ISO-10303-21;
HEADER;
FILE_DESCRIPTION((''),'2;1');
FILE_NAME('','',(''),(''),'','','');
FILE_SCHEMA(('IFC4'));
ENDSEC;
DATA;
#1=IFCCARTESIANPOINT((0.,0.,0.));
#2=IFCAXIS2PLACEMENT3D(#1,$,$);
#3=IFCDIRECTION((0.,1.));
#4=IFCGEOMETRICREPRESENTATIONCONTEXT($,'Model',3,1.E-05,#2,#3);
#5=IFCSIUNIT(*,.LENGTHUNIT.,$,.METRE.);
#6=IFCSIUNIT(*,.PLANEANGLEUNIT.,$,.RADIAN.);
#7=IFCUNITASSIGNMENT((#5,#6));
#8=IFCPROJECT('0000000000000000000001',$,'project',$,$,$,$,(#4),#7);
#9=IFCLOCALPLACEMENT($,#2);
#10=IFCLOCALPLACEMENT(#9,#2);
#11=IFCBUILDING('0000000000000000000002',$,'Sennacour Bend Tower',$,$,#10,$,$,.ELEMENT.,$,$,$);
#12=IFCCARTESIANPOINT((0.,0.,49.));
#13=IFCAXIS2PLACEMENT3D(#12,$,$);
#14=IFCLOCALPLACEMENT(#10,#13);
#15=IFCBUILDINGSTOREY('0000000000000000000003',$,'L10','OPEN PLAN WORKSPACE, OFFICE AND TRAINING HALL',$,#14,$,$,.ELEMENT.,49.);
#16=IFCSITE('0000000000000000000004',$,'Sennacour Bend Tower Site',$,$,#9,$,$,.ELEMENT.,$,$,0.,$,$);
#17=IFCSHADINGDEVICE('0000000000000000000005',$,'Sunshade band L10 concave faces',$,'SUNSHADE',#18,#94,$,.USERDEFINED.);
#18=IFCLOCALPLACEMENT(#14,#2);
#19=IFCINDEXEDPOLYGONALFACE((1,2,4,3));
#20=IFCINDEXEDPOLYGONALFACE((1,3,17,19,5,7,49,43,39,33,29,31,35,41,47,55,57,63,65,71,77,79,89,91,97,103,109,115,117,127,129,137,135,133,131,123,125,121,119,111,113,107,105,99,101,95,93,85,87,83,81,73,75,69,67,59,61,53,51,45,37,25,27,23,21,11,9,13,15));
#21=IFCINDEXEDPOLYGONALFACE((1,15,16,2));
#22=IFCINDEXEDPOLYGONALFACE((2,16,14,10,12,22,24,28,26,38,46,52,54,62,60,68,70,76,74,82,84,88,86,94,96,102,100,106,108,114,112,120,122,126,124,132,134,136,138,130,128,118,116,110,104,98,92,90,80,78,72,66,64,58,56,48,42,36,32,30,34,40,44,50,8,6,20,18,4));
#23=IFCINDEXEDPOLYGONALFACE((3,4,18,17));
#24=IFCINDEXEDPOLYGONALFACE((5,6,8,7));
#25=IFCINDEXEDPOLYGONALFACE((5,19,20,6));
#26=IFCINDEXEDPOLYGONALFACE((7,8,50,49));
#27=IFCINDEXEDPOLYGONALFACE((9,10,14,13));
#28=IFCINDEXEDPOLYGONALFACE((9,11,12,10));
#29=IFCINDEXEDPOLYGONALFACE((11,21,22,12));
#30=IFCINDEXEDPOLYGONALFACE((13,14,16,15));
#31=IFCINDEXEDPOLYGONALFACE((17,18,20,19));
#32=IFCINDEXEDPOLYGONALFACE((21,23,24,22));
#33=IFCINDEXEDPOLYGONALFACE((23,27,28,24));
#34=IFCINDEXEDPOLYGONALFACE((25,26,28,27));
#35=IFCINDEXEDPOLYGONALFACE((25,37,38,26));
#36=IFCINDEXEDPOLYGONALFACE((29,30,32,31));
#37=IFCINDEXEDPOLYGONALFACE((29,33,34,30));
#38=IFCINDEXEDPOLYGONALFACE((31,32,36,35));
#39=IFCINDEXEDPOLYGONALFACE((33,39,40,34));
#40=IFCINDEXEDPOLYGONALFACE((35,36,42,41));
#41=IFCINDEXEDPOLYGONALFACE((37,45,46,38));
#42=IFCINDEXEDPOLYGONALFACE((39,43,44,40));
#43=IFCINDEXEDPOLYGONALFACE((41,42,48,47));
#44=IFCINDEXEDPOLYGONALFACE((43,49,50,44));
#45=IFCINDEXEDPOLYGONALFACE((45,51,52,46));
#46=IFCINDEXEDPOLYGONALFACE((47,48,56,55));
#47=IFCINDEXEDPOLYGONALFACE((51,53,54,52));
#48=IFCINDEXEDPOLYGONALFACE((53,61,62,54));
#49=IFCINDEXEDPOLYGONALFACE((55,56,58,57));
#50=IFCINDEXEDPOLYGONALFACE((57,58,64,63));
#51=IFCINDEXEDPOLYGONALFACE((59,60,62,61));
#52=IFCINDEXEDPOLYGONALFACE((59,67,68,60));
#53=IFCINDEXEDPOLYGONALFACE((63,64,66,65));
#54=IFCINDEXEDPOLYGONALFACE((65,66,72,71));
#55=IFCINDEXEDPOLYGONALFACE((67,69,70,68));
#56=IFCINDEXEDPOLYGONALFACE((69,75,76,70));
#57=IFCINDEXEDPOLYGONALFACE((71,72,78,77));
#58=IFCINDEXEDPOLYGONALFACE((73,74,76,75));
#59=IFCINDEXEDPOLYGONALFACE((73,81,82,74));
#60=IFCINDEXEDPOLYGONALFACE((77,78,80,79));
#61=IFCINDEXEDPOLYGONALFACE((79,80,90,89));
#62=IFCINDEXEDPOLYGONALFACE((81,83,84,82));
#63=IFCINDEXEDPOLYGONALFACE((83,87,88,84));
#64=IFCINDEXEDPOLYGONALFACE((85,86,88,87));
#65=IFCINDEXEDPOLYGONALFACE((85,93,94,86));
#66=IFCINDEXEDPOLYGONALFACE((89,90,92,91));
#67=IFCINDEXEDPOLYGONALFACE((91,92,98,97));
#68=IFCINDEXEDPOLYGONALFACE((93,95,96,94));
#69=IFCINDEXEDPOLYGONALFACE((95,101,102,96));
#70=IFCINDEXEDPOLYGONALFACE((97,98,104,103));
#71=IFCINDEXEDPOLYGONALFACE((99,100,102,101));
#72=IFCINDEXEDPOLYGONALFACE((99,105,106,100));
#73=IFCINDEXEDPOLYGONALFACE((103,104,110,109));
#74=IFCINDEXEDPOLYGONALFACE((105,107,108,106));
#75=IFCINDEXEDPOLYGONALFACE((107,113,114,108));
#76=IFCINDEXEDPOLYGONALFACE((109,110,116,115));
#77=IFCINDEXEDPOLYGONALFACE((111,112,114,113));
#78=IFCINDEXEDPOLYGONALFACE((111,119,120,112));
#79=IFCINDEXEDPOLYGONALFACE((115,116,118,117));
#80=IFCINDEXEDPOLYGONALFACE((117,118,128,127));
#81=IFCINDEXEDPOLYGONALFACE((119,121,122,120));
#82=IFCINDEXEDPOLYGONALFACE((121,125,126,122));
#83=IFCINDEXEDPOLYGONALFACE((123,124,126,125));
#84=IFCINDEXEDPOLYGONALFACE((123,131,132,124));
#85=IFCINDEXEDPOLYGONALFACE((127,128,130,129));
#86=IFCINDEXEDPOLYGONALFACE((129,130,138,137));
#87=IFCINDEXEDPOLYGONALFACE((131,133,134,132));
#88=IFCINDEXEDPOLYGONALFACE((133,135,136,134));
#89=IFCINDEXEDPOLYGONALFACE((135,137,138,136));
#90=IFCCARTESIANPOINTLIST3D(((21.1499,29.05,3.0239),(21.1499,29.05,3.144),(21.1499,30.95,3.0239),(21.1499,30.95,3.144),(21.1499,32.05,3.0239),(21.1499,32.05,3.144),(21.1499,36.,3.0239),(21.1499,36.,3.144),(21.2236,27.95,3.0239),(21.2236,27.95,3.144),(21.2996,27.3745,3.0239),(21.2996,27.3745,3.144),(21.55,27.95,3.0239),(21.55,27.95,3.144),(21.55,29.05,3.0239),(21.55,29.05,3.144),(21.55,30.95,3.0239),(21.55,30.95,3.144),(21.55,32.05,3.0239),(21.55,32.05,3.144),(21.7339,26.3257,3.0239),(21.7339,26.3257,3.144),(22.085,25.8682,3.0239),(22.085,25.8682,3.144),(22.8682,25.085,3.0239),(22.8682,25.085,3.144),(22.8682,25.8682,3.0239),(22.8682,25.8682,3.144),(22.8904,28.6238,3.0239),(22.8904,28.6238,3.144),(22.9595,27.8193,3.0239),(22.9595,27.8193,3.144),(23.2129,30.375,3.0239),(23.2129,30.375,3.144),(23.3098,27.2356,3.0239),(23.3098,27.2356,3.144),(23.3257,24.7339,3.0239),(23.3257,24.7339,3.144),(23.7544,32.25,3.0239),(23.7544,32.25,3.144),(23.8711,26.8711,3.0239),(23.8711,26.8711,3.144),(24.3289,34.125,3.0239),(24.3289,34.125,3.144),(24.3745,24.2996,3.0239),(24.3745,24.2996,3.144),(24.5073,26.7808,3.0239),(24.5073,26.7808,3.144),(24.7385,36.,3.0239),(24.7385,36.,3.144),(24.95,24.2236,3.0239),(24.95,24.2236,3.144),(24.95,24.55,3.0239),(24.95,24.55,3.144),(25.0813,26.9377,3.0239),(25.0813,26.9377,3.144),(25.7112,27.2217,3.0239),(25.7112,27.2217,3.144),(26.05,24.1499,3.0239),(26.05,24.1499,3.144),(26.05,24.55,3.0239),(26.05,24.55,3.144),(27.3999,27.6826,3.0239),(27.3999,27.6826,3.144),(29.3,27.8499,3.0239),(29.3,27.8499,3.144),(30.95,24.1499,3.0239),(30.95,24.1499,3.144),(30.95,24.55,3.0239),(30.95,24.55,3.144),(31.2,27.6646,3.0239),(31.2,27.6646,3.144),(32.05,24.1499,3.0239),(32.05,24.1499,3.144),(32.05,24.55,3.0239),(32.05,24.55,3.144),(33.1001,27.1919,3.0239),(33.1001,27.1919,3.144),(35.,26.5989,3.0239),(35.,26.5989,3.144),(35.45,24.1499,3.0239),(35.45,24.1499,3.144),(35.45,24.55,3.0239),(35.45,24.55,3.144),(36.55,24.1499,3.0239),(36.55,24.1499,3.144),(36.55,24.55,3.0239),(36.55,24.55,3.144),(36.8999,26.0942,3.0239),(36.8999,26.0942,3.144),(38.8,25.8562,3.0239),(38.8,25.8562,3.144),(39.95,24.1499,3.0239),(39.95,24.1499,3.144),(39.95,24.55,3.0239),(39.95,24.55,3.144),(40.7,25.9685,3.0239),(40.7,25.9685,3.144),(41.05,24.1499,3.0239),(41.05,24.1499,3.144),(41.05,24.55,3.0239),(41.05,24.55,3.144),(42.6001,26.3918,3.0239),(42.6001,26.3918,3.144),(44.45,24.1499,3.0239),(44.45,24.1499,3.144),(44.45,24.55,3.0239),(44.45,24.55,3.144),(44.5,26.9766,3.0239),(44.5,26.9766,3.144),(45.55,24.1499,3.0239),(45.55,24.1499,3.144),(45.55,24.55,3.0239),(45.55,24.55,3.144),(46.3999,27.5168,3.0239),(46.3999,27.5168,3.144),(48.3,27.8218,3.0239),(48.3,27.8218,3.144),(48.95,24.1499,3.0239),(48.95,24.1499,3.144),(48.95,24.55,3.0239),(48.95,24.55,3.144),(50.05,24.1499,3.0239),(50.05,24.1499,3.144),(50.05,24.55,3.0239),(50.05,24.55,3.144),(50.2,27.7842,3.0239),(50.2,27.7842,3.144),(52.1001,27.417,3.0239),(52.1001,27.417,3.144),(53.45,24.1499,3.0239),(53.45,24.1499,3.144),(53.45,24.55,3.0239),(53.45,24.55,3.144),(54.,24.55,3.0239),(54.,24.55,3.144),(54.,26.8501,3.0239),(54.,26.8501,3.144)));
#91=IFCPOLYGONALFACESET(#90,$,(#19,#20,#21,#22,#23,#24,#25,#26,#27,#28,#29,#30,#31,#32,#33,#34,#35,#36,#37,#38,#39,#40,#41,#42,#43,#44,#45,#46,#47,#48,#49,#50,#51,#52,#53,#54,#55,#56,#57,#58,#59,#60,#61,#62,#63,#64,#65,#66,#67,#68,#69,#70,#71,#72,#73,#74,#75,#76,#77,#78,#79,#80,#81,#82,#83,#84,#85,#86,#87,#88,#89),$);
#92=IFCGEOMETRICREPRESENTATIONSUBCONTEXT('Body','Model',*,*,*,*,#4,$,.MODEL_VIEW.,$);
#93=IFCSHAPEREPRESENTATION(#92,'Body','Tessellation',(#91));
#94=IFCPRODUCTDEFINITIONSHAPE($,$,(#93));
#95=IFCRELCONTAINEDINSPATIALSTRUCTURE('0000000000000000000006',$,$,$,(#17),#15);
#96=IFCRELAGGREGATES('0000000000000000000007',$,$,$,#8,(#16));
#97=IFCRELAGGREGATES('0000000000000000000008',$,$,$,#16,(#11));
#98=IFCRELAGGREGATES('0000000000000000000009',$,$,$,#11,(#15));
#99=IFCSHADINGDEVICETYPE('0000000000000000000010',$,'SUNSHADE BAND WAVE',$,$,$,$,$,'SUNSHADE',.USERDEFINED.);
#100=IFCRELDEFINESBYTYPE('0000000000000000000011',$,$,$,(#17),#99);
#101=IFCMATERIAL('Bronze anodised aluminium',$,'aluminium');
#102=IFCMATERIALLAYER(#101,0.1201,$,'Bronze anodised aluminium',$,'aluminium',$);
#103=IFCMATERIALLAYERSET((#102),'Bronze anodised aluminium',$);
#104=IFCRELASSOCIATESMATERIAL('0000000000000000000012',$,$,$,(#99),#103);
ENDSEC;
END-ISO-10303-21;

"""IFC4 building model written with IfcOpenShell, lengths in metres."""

from ifc_helpers import new_model, si_unit, direction, frame, origin, place, context, subcontext, project, spatial, polyline, outline, extrude, material, layer, layer_set, type_object, element, save


model = new_model("IFC4")

# Units and contexts
model_context = context("Model", 3, precision=1e-05, world=origin(), true_north=direction((0.0, 1.0)))
body_context = subcontext(model_context, "Body", "Model", "MODEL_VIEW")
ifc_project = project(units=[si_unit("LENGTHUNIT", "METRE"), si_unit("PLANEANGLEUNIT", "RADIAN")], contexts=[model_context])

# Site, building, storey
site_placement = place(None, origin())
site = spatial("IfcSite", under=ifc_project, at=site_placement, Name="Sennacour Bend Tower Site", CompositionType="ELEMENT", RefElevation=0.0)
building_placement = place(site_placement, origin())
building = spatial("IfcBuilding", under=site, at=building_placement, Name="Sennacour Bend Tower", CompositionType="ELEMENT")
storey_placement = place(building_placement, frame((0.0, 0.0, 49.0)))
storey = spatial("IfcBuildingStorey", under=building, at=storey_placement, Name="L10", Description="OPEN PLAN WORKSPACE, OFFICE AND TRAINING HALL", CompositionType="ELEMENT", Elevation=49.0)

# Shading device
ifc_material_1 = material(Name="Bronze anodised aluminium", Category="aluminium")
ifc_layer_1 = layer(ifc_material_1, 0.1201, Name="Bronze anodised aluminium", Category="aluminium")
ifc_layer_set_1 = layer_set([ifc_layer_1], Name="Bronze anodised aluminium")
shading_device_type_1 = type_object("IfcShadingDeviceType", Name="SUNSHADE BAND WAVE", ElementType="SUNSHADE", PredefinedType="USERDEFINED", material=ifc_layer_set_1)
shading_device_1_placement = place(storey_placement, frame((0.0, 0.0, 3.0239)))
element("IfcShadingDevice", 1, at=shading_device_1_placement, inside=storey, type_object=shading_device_type_1, Name="Sunshade band L10 concave faces", ObjectType="SUNSHADE", PredefinedType="USERDEFINED", context=body_context, shape_type="SweptSolid", body=[
    extrude(outline(polyline([(53.45, 24.1499), (50.05, 24.1499), (50.05, 24.55), (48.95, 24.55), (48.95, 24.1499), (45.55, 24.1499), (45.55, 24.55), (44.45, 24.55), (44.45, 24.1499), (41.05, 24.1499), (41.05, 24.55), (39.95, 24.55), (39.95, 24.1499), (36.55, 24.1499), (36.55, 24.55), (35.45, 24.55), (35.45, 24.1499), (32.05, 24.1499), (32.05, 24.55), (30.95, 24.55), (30.95, 24.1499), (26.05, 24.1499), (26.05, 24.55), (24.95, 24.55), (24.95, 24.2236), (24.3745, 24.2996), (23.3257, 24.7339), (22.8682, 25.085), (22.8682, 25.8682), (22.085, 25.8682), (21.7339, 26.3257), (21.2996, 27.3745), (21.2236, 27.95), (21.55, 27.95), (21.55, 29.05), (21.1499, 29.05), (21.1499, 30.95), (21.55, 30.95), (21.55, 32.05), (21.1499, 32.05), (21.1499, 36.0), (24.7385, 36.0), (24.3289, 34.125), (23.7544, 32.25), (23.2129, 30.375), (22.8904, 28.6238), (22.9595, 27.8193), (23.3098, 27.2356), (23.8711, 26.8711), (24.5073, 26.7808), (25.0813, 26.9377), (25.7112, 27.2217), (27.3999, 27.6826), (29.3, 27.8499), (31.2, 27.6646), (33.1001, 27.1919), (35.0, 26.5989), (36.8999, 26.0942), (38.8, 25.8562), (40.7, 25.9685), (42.6001, 26.3918), (44.5, 26.9766), (46.3999, 27.5168), (48.3, 27.8218), (50.2, 27.7842), (52.1001, 27.417), (54.0, 26.8501), (54.0, 24.55), (53.45, 24.55), (53.45, 24.1499)])), origin(), (0.0, 0.0, 1.0), 0.1201),
])

save(model, "model.ifc")
